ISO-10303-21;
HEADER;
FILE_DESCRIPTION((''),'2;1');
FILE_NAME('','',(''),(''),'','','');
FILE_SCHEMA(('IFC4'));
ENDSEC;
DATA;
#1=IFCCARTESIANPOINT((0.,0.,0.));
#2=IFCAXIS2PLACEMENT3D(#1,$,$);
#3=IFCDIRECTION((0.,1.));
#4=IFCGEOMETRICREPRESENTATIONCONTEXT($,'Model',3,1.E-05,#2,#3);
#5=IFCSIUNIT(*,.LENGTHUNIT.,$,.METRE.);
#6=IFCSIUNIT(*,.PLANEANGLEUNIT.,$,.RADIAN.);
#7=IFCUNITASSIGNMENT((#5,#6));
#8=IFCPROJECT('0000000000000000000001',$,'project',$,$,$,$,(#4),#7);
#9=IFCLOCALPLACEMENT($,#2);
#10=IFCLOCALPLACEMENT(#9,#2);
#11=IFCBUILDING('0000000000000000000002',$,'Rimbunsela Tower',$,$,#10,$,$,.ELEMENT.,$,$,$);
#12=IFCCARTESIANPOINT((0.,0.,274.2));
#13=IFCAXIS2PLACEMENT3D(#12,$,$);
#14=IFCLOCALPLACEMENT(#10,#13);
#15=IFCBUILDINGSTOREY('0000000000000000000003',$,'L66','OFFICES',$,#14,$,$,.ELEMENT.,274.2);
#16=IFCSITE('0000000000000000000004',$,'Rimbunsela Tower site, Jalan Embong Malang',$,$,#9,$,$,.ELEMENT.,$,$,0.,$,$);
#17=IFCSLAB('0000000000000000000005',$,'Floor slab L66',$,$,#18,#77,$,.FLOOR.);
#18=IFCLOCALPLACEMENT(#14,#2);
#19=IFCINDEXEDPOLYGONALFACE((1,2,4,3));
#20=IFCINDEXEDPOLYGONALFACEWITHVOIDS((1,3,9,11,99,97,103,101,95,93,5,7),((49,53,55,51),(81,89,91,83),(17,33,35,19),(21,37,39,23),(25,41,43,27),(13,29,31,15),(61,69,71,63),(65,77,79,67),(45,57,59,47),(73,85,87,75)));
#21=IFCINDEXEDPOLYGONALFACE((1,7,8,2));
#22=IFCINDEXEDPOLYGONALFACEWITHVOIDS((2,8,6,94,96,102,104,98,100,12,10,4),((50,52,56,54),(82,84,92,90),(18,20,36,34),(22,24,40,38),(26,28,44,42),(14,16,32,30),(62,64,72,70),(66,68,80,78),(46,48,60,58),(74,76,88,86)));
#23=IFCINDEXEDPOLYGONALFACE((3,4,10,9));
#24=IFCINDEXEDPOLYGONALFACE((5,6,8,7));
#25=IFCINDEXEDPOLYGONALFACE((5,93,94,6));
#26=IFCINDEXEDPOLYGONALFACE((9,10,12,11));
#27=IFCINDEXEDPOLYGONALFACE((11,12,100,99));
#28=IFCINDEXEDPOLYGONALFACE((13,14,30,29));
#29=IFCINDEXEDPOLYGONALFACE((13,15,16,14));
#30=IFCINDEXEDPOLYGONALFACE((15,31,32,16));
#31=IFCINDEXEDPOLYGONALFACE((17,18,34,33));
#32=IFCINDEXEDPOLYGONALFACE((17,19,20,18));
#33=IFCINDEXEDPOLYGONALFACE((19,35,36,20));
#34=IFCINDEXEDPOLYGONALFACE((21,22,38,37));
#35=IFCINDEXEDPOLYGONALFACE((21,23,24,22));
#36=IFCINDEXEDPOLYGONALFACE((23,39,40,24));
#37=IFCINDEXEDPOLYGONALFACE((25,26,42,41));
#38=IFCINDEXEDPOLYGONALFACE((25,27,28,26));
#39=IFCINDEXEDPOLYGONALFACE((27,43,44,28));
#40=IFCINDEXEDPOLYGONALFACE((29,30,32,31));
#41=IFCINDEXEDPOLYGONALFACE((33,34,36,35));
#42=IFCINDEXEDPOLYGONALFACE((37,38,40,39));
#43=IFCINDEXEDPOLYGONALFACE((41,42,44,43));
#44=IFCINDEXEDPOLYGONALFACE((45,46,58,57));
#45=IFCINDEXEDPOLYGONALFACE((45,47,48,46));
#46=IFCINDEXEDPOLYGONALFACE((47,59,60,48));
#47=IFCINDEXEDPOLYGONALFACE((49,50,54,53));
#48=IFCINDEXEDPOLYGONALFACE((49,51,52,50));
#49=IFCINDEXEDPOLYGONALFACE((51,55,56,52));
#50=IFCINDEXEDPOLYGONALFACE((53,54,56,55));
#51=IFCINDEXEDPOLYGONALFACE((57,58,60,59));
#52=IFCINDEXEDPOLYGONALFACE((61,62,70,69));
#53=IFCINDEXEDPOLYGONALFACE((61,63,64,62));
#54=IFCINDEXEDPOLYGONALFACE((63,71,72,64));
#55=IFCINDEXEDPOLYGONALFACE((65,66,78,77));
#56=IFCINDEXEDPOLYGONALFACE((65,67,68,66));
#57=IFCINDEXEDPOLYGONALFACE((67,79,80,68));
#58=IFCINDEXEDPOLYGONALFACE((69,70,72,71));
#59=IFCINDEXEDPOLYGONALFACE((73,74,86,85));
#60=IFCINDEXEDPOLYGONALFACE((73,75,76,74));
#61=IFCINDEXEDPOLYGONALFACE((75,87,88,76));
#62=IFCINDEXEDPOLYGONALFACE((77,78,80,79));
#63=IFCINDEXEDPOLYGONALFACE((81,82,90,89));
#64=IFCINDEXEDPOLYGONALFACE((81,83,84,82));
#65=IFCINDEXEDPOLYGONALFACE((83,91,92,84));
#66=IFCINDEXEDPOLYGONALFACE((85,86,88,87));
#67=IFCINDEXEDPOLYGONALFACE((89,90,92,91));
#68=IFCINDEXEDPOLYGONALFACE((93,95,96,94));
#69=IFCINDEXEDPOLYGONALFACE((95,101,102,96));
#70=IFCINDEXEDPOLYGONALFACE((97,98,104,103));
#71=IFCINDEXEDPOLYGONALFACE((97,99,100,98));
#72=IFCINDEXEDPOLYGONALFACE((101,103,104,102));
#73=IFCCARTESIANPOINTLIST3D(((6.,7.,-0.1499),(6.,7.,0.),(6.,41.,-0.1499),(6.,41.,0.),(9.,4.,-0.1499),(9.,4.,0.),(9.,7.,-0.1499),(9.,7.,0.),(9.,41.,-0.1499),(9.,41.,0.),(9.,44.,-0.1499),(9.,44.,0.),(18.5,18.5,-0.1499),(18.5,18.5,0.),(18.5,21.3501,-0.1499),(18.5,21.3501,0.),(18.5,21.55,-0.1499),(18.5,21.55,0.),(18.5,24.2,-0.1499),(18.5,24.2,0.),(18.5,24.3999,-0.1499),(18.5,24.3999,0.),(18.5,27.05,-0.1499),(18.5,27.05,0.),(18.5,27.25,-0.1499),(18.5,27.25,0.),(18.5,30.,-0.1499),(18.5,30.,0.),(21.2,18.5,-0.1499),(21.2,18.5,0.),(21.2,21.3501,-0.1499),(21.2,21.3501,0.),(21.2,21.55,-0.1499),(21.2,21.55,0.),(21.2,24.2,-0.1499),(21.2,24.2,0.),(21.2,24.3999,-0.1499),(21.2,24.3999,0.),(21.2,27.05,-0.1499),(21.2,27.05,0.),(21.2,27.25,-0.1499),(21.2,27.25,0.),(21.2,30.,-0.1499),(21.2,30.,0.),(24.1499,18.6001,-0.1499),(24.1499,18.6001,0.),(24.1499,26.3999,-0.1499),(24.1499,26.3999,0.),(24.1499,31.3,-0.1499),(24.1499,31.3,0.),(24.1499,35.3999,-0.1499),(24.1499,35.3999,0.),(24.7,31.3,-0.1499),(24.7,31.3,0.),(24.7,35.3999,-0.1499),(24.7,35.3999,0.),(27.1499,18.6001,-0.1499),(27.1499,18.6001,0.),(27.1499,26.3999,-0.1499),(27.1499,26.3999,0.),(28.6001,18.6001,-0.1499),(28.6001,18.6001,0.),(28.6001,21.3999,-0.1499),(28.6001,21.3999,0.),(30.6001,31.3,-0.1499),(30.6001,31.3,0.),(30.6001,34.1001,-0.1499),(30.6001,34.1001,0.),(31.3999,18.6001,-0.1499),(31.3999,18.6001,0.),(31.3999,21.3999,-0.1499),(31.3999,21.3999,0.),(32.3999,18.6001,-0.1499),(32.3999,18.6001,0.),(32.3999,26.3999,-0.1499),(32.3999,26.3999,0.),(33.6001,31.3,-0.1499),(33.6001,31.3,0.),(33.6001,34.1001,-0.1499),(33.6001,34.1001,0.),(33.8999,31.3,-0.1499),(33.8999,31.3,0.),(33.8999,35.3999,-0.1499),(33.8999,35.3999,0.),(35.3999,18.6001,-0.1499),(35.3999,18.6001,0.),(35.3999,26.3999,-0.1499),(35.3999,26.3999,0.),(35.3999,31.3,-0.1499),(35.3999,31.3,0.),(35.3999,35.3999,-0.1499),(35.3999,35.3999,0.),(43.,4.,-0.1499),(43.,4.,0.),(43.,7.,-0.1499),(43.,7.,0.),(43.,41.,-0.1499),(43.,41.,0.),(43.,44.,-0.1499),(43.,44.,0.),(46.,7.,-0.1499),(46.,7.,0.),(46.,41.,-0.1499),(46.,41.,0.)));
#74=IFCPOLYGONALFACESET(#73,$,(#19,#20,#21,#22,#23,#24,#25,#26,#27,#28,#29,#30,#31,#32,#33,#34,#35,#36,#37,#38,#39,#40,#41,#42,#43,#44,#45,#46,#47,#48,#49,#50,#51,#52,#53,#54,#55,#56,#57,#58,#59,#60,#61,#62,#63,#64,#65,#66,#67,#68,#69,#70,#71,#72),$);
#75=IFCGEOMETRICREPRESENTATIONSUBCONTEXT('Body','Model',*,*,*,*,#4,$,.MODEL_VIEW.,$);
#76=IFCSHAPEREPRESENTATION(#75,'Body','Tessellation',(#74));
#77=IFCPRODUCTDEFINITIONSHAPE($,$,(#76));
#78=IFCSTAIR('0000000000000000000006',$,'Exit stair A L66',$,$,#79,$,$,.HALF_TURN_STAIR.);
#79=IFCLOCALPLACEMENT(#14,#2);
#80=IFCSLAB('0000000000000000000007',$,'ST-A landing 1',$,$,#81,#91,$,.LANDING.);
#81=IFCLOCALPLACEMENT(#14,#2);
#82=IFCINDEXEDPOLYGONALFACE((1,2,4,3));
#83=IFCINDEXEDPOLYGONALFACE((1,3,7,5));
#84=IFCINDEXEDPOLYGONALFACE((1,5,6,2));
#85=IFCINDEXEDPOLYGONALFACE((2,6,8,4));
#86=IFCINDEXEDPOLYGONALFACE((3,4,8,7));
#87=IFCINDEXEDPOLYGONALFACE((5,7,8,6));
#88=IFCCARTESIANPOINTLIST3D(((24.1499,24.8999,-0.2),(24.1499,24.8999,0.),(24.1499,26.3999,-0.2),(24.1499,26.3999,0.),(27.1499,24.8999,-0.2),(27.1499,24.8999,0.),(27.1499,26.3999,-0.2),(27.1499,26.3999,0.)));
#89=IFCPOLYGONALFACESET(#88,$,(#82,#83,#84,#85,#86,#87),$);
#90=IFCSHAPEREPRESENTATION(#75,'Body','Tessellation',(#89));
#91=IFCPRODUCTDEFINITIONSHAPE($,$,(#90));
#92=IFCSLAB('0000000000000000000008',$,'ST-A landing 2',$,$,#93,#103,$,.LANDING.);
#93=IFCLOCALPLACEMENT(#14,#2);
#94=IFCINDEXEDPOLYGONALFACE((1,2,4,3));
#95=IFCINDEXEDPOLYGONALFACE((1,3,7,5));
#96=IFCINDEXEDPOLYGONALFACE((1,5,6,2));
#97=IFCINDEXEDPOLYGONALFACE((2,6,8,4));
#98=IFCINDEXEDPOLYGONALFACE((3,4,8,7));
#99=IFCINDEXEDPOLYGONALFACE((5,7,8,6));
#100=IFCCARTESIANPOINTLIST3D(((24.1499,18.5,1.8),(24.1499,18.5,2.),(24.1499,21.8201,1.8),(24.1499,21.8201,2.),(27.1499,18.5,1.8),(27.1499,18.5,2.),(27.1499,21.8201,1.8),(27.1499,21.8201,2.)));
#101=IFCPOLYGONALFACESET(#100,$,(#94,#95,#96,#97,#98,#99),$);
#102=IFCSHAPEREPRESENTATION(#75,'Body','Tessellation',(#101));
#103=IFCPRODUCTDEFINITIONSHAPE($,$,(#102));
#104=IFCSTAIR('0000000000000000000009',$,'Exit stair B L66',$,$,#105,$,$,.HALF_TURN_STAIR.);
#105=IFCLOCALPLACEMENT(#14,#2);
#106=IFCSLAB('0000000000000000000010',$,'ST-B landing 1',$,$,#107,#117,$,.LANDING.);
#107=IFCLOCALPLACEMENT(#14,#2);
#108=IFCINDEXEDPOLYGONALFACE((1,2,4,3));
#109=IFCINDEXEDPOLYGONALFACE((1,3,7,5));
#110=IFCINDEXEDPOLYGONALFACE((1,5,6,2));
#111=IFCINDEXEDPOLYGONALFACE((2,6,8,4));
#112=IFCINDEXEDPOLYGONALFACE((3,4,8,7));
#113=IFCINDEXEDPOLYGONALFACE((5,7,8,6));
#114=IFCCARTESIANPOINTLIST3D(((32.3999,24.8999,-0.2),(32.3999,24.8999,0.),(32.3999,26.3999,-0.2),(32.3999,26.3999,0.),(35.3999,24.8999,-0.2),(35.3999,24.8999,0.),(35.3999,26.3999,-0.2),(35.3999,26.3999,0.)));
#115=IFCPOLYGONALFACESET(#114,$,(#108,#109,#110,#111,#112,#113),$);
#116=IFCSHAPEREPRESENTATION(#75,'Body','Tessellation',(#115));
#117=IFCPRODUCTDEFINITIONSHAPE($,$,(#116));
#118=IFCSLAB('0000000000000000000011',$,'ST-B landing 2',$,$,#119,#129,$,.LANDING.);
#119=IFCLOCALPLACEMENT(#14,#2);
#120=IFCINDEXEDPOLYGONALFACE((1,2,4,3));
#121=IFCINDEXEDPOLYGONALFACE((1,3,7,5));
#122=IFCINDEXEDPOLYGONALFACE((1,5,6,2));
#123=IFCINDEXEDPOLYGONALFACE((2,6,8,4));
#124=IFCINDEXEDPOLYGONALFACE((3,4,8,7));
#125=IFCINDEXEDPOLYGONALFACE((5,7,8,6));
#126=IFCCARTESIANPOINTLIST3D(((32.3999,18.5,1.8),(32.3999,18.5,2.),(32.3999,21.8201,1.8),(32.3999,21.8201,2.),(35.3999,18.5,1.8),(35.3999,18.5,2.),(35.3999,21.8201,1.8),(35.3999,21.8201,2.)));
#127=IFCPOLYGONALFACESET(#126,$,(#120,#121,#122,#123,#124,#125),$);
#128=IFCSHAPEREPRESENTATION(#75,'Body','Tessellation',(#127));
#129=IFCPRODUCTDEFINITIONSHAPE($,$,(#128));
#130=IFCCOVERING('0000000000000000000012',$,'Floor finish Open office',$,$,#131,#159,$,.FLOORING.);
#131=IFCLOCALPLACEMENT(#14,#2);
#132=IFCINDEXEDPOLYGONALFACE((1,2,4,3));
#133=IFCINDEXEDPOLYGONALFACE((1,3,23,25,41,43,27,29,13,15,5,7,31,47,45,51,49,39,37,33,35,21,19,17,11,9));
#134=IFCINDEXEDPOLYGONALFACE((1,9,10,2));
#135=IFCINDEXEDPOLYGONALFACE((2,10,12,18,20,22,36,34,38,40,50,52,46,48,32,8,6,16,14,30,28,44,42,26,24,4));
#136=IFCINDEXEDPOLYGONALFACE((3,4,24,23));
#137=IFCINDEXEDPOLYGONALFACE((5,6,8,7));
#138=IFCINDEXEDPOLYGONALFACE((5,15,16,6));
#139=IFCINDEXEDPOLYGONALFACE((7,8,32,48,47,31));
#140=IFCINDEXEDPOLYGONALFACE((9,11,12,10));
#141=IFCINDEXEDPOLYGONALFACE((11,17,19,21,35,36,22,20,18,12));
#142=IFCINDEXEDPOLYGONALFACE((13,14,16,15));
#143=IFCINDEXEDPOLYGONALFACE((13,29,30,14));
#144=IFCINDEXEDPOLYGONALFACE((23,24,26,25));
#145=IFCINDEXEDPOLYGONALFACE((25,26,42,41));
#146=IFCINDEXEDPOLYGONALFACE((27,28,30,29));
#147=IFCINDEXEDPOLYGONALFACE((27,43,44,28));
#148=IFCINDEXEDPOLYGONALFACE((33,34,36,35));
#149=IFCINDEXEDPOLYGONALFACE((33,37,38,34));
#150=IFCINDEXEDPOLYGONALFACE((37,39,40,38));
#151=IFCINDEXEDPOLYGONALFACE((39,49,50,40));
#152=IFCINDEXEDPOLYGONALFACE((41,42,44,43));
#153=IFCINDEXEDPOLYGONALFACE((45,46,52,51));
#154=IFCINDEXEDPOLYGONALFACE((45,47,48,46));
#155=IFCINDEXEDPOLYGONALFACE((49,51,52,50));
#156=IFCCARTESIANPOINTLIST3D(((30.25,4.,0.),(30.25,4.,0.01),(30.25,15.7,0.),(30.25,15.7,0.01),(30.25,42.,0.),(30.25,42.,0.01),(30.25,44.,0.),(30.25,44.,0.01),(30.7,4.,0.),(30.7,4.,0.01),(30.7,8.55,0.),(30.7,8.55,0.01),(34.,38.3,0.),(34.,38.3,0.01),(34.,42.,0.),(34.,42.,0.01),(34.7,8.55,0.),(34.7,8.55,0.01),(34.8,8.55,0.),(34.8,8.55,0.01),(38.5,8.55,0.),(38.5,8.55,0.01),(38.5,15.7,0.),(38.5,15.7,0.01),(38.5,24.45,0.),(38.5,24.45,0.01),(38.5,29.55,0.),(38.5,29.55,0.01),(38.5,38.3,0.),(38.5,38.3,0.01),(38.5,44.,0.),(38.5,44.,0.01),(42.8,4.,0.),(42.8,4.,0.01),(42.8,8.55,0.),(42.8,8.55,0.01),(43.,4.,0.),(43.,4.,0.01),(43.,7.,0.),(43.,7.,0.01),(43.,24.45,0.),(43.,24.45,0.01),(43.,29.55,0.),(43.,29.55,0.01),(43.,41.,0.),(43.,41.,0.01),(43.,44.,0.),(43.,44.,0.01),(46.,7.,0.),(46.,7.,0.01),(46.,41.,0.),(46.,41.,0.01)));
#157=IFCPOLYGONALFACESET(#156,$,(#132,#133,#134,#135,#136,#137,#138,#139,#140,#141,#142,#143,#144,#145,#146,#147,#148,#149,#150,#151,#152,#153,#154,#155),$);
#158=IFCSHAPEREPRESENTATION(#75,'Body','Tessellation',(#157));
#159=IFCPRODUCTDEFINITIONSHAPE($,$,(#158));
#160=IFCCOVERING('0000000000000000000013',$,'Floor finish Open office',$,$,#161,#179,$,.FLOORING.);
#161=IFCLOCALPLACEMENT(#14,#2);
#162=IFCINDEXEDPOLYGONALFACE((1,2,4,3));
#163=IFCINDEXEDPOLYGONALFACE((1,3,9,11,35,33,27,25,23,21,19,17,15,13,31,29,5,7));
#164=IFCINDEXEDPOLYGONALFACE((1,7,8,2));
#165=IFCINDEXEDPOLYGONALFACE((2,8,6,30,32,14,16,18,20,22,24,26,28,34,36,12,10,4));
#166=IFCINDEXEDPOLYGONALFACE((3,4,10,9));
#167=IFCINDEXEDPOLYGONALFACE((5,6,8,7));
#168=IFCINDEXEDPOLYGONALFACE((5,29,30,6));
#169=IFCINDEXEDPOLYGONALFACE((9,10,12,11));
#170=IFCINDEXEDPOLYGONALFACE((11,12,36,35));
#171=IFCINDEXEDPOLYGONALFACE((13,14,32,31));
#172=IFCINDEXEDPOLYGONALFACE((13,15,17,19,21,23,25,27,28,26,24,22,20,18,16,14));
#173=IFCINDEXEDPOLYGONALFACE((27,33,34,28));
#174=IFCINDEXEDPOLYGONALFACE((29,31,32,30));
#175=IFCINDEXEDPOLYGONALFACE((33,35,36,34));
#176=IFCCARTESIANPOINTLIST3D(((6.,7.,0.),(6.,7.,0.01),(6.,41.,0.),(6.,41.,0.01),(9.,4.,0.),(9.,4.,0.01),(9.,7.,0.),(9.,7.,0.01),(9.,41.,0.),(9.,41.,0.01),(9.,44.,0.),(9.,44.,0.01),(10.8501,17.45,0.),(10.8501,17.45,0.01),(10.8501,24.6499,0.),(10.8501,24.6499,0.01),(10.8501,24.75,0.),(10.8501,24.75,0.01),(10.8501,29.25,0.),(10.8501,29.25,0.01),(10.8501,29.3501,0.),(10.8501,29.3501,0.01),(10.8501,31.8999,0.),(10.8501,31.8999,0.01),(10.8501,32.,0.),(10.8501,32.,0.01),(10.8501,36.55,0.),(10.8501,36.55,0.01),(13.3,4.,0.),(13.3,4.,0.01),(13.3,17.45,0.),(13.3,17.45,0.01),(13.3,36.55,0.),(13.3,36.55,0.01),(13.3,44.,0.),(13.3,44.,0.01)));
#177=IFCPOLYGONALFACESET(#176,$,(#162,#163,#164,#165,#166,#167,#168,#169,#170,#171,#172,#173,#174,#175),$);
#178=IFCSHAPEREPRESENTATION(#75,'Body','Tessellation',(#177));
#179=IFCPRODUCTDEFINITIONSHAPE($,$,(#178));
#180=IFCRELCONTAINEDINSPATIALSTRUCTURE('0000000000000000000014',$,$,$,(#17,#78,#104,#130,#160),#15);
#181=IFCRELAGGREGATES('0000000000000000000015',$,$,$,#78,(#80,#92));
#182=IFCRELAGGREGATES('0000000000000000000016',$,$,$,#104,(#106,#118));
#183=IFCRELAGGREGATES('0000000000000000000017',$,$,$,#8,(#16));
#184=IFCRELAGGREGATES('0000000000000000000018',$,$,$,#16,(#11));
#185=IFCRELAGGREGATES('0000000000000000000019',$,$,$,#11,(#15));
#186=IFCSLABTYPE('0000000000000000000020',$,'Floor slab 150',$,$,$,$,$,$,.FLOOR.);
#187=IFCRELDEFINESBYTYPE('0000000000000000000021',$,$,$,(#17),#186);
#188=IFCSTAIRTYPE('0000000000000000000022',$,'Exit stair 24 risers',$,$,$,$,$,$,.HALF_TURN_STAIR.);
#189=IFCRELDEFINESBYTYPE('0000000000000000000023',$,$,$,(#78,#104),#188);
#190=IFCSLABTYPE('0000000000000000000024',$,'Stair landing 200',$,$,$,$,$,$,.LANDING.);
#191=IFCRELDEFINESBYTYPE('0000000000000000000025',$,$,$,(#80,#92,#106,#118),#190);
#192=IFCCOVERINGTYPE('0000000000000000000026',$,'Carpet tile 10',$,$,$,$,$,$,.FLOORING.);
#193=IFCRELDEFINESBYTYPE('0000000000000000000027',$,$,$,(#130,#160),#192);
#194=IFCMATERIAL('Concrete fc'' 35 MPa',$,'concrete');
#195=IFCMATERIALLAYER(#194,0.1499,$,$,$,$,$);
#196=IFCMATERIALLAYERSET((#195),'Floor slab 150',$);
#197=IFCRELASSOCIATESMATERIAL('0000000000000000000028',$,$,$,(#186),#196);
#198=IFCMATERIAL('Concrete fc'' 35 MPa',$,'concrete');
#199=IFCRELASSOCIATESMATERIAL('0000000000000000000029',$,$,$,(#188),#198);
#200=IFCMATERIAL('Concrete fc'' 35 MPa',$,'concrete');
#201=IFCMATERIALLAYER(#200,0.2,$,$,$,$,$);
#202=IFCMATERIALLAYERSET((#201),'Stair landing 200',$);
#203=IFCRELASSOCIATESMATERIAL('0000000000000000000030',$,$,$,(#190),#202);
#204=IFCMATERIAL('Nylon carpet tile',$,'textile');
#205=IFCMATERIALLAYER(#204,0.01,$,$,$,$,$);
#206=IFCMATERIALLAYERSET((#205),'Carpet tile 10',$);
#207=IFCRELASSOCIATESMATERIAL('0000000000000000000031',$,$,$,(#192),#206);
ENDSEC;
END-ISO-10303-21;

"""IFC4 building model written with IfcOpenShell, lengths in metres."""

from ifc_helpers import new_model, si_unit, direction, frame, origin, place, context, subcontext, project, spatial, polyline, outline, extrude, material, layer, layer_set, type_object, element, aggregate, save


model = new_model("IFC4")

# Units and contexts
model_context = context("Model", 3, precision=1e-05, world=origin(), true_north=direction((0.0, 1.0)))
body_context = subcontext(model_context, "Body", "Model", "MODEL_VIEW")
ifc_project = project(units=[si_unit("LENGTHUNIT", "METRE"), si_unit("PLANEANGLEUNIT", "RADIAN")], contexts=[model_context])

# Site, building, storey
site_placement = place(None, origin())
site = spatial("IfcSite", under=ifc_project, at=site_placement, Name="Rimbunsela Tower site, Jalan Embong Malang", CompositionType="ELEMENT", RefElevation=0.0)
building_placement = place(site_placement, origin())
building = spatial("IfcBuilding", under=site, at=building_placement, Name="Rimbunsela Tower", CompositionType="ELEMENT")
storey_placement = place(building_placement, frame((0.0, 0.0, 274.2)))
storey = spatial("IfcBuildingStorey", under=building, at=storey_placement, Name="L66", Description="OFFICES", CompositionType="ELEMENT", Elevation=274.2)

# Slab
ifc_material_1 = material(Name="Concrete fc' 35 MPa", Category="concrete")
ifc_layer_1 = layer(ifc_material_1, 0.1499)
ifc_layer_set_1 = layer_set([ifc_layer_1], Name="Floor slab 150")
slab_type_1 = type_object("IfcSlabType", Name="Floor slab 150", PredefinedType="FLOOR", material=ifc_layer_set_1)
slab_1_placement = place(storey_placement, frame((0.0, 0.0, -0.1499)))
element("IfcSlab", 1, at=slab_1_placement, inside=storey, type_object=slab_type_1, Name="Floor slab L66", PredefinedType="FLOOR", context=body_context, shape_type="SweptSolid", body=[
    extrude(outline(polyline([(9.0, 4.0), (43.0, 4.0), (43.0, 7.0), (46.0, 7.0), (46.0, 41.0), (43.0, 41.0), (43.0, 44.0), (9.0, 44.0), (9.0, 41.0), (6.0, 41.0), (6.0, 7.0), (9.0, 7.0), (9.0, 4.0)]), holes=[polyline([(21.2, 21.3501), (18.5, 21.3501), (18.5, 18.5), (21.2, 18.5), (21.2, 21.3501)]), polyline([(21.2, 21.55), (21.2, 24.2), (18.5, 24.2), (18.5, 21.55), (21.2, 21.55)]), polyline([(21.2, 27.05), (18.5, 27.05), (18.5, 24.3999), (21.2, 24.3999), (21.2, 27.05)]), polyline([(21.2, 30.0), (18.5, 30.0), (18.5, 27.25), (21.2, 27.25), (21.2, 30.0)]), polyline([(27.1499, 26.3999), (24.1499, 26.3999), (24.1499, 18.6001), (27.1499, 18.6001), (27.1499, 26.3999)]), polyline([(24.7, 31.3), (24.7, 35.3999), (24.1499, 35.3999), (24.1499, 31.3), (24.7, 31.3)]), polyline([(31.3999, 21.3999), (28.6001, 21.3999), (28.6001, 18.6001), (31.3999, 18.6001), (31.3999, 21.3999)]), polyline([(33.6001, 34.1001), (30.6001, 34.1001), (30.6001, 31.3), (33.6001, 31.3), (33.6001, 34.1001)]), polyline([(35.3999, 18.6001), (35.3999, 26.3999), (32.3999, 26.3999), (32.3999, 18.6001), (35.3999, 18.6001)]), polyline([(35.3999, 31.3), (35.3999, 35.3999), (33.8999, 35.3999), (33.8999, 31.3), (35.3999, 31.3)])]), origin(), (0.0, 0.0, 1.0), 0.1499),
])

# Stairs, slabs
ifc_material_2 = material(Name="Concrete fc' 35 MPa", Category="concrete")
stair_type = type_object("IfcStairType", Name="Exit stair 24 risers", PredefinedType="HALF_TURN_STAIR", material=ifc_material_2)
stair_1_placement = place(storey_placement, origin())
stair_1 = element("IfcStair", 2, at=stair_1_placement, inside=storey, type_object=stair_type, Name="Exit stair A L66", PredefinedType="HALF_TURN_STAIR")
ifc_material_3 = material(Name="Concrete fc' 35 MPa", Category="concrete")
ifc_layer_2 = layer(ifc_material_3, 0.2)
ifc_layer_set_2 = layer_set([ifc_layer_2], Name="Stair landing 200")
slab_type_2 = type_object("IfcSlabType", Name="Stair landing 200", PredefinedType="LANDING", material=ifc_layer_set_2)
slab_2_placement = place(storey_placement, frame((0.0, 0.0, -0.2)))
slab_2 = element("IfcSlab", 3, at=slab_2_placement, type_object=slab_type_2, Name="ST-A landing 1", PredefinedType="LANDING", context=body_context, shape_type="SweptSolid", body=[
    extrude(outline(polyline([(24.1499, 24.8999), (27.1499, 24.8999), (27.1499, 26.3999), (24.1499, 26.3999), (24.1499, 24.8999)])), origin(), (0.0, 0.0, 1.0), 0.2),
])
slab_3_placement = place(storey_placement, frame((0.0, 0.0, 1.8)))
slab_3 = element("IfcSlab", 4, at=slab_3_placement, type_object=slab_type_2, Name="ST-A landing 2", PredefinedType="LANDING", context=body_context, shape_type="SweptSolid", body=[
    extrude(outline(polyline([(24.1499, 18.5), (27.1499, 18.5), (27.1499, 21.8201), (24.1499, 21.8201), (24.1499, 18.5)])), origin(), (0.0, 0.0, 1.0), 0.2),
])
aggregate(stair_1, [slab_2, slab_3])
stair_2_placement = place(storey_placement, origin())
stair_2 = element("IfcStair", 5, at=stair_2_placement, inside=storey, type_object=stair_type, Name="Exit stair B L66", PredefinedType="HALF_TURN_STAIR")
slab_4_placement = place(storey_placement, frame((0.0, 0.0, -0.2)))
slab_4 = element("IfcSlab", 6, at=slab_4_placement, type_object=slab_type_2, Name="ST-B landing 1", PredefinedType="LANDING", context=body_context, shape_type="SweptSolid", body=[
    extrude(outline(polyline([(32.3999, 24.8999), (35.3999, 24.8999), (35.3999, 26.3999), (32.3999, 26.3999), (32.3999, 24.8999)])), origin(), (0.0, 0.0, 1.0), 0.2),
])
slab_5_placement = place(storey_placement, frame((0.0, 0.0, 1.8)))
slab_5 = element("IfcSlab", 7, at=slab_5_placement, type_object=slab_type_2, Name="ST-B landing 2", PredefinedType="LANDING", context=body_context, shape_type="SweptSolid", body=[
    extrude(outline(polyline([(32.3999, 18.5), (35.3999, 18.5), (35.3999, 21.8201), (32.3999, 21.8201), (32.3999, 18.5)])), origin(), (0.0, 0.0, 1.0), 0.2),
])
aggregate(stair_2, [slab_4, slab_5])

# Coverings
ifc_material_4 = material(Name="Nylon carpet tile", Category="textile")
ifc_layer_3 = layer(ifc_material_4, 0.01)
ifc_layer_set_3 = layer_set([ifc_layer_3], Name="Carpet tile 10")
covering_type_1 = type_object("IfcCoveringType", Name="Carpet tile 10", PredefinedType="FLOORING", material=ifc_layer_set_3)
covering_1_placement = place(storey_placement, origin())
element("IfcCovering", 8, at=covering_1_placement, inside=storey, type_object=covering_type_1, Name="Floor finish Open office", PredefinedType="FLOORING", context=body_context, shape_type="SweptSolid", body=[
    extrude(outline(polyline([(30.7, 8.55), (30.7, 4.0), (30.25, 4.0), (30.25, 15.7), (38.5, 15.7), (38.5, 24.45), (43.0, 24.45), (43.0, 29.55), (38.5, 29.55), (38.5, 38.3), (34.0, 38.3), (34.0, 42.0), (30.25, 42.0), (30.25, 44.0), (38.5, 44.0), (43.0, 44.0), (43.0, 41.0), (46.0, 41.0), (46.0, 7.0), (43.0, 7.0), (43.0, 4.0), (42.8, 4.0), (42.8, 8.55), (38.5, 8.55), (34.8, 8.55), (34.7, 8.55), (30.7, 8.55)])), origin(), (0.0, 0.0, 1.0), 0.01),
])
covering_2_placement = place(storey_placement, origin())
element("IfcCovering", 9, at=covering_2_placement, inside=storey, type_object=covering_type_1, Name="Floor finish Open office", PredefinedType="FLOORING", context=body_context, shape_type="SweptSolid", body=[
    extrude(outline(polyline([(13.3, 4.0), (9.0, 4.0), (9.0, 7.0), (6.0, 7.0), (6.0, 41.0), (9.0, 41.0), (9.0, 44.0), (13.3, 44.0), (13.3, 36.55), (10.8501, 36.55), (10.8501, 32.0), (10.8501, 31.8999), (10.8501, 29.3501), (10.8501, 29.25), (10.8501, 24.75), (10.8501, 24.6499), (10.8501, 17.45), (13.3, 17.45), (13.3, 4.0)])), origin(), (0.0, 0.0, 1.0), 0.01),
])

save(model, "model.ifc")
